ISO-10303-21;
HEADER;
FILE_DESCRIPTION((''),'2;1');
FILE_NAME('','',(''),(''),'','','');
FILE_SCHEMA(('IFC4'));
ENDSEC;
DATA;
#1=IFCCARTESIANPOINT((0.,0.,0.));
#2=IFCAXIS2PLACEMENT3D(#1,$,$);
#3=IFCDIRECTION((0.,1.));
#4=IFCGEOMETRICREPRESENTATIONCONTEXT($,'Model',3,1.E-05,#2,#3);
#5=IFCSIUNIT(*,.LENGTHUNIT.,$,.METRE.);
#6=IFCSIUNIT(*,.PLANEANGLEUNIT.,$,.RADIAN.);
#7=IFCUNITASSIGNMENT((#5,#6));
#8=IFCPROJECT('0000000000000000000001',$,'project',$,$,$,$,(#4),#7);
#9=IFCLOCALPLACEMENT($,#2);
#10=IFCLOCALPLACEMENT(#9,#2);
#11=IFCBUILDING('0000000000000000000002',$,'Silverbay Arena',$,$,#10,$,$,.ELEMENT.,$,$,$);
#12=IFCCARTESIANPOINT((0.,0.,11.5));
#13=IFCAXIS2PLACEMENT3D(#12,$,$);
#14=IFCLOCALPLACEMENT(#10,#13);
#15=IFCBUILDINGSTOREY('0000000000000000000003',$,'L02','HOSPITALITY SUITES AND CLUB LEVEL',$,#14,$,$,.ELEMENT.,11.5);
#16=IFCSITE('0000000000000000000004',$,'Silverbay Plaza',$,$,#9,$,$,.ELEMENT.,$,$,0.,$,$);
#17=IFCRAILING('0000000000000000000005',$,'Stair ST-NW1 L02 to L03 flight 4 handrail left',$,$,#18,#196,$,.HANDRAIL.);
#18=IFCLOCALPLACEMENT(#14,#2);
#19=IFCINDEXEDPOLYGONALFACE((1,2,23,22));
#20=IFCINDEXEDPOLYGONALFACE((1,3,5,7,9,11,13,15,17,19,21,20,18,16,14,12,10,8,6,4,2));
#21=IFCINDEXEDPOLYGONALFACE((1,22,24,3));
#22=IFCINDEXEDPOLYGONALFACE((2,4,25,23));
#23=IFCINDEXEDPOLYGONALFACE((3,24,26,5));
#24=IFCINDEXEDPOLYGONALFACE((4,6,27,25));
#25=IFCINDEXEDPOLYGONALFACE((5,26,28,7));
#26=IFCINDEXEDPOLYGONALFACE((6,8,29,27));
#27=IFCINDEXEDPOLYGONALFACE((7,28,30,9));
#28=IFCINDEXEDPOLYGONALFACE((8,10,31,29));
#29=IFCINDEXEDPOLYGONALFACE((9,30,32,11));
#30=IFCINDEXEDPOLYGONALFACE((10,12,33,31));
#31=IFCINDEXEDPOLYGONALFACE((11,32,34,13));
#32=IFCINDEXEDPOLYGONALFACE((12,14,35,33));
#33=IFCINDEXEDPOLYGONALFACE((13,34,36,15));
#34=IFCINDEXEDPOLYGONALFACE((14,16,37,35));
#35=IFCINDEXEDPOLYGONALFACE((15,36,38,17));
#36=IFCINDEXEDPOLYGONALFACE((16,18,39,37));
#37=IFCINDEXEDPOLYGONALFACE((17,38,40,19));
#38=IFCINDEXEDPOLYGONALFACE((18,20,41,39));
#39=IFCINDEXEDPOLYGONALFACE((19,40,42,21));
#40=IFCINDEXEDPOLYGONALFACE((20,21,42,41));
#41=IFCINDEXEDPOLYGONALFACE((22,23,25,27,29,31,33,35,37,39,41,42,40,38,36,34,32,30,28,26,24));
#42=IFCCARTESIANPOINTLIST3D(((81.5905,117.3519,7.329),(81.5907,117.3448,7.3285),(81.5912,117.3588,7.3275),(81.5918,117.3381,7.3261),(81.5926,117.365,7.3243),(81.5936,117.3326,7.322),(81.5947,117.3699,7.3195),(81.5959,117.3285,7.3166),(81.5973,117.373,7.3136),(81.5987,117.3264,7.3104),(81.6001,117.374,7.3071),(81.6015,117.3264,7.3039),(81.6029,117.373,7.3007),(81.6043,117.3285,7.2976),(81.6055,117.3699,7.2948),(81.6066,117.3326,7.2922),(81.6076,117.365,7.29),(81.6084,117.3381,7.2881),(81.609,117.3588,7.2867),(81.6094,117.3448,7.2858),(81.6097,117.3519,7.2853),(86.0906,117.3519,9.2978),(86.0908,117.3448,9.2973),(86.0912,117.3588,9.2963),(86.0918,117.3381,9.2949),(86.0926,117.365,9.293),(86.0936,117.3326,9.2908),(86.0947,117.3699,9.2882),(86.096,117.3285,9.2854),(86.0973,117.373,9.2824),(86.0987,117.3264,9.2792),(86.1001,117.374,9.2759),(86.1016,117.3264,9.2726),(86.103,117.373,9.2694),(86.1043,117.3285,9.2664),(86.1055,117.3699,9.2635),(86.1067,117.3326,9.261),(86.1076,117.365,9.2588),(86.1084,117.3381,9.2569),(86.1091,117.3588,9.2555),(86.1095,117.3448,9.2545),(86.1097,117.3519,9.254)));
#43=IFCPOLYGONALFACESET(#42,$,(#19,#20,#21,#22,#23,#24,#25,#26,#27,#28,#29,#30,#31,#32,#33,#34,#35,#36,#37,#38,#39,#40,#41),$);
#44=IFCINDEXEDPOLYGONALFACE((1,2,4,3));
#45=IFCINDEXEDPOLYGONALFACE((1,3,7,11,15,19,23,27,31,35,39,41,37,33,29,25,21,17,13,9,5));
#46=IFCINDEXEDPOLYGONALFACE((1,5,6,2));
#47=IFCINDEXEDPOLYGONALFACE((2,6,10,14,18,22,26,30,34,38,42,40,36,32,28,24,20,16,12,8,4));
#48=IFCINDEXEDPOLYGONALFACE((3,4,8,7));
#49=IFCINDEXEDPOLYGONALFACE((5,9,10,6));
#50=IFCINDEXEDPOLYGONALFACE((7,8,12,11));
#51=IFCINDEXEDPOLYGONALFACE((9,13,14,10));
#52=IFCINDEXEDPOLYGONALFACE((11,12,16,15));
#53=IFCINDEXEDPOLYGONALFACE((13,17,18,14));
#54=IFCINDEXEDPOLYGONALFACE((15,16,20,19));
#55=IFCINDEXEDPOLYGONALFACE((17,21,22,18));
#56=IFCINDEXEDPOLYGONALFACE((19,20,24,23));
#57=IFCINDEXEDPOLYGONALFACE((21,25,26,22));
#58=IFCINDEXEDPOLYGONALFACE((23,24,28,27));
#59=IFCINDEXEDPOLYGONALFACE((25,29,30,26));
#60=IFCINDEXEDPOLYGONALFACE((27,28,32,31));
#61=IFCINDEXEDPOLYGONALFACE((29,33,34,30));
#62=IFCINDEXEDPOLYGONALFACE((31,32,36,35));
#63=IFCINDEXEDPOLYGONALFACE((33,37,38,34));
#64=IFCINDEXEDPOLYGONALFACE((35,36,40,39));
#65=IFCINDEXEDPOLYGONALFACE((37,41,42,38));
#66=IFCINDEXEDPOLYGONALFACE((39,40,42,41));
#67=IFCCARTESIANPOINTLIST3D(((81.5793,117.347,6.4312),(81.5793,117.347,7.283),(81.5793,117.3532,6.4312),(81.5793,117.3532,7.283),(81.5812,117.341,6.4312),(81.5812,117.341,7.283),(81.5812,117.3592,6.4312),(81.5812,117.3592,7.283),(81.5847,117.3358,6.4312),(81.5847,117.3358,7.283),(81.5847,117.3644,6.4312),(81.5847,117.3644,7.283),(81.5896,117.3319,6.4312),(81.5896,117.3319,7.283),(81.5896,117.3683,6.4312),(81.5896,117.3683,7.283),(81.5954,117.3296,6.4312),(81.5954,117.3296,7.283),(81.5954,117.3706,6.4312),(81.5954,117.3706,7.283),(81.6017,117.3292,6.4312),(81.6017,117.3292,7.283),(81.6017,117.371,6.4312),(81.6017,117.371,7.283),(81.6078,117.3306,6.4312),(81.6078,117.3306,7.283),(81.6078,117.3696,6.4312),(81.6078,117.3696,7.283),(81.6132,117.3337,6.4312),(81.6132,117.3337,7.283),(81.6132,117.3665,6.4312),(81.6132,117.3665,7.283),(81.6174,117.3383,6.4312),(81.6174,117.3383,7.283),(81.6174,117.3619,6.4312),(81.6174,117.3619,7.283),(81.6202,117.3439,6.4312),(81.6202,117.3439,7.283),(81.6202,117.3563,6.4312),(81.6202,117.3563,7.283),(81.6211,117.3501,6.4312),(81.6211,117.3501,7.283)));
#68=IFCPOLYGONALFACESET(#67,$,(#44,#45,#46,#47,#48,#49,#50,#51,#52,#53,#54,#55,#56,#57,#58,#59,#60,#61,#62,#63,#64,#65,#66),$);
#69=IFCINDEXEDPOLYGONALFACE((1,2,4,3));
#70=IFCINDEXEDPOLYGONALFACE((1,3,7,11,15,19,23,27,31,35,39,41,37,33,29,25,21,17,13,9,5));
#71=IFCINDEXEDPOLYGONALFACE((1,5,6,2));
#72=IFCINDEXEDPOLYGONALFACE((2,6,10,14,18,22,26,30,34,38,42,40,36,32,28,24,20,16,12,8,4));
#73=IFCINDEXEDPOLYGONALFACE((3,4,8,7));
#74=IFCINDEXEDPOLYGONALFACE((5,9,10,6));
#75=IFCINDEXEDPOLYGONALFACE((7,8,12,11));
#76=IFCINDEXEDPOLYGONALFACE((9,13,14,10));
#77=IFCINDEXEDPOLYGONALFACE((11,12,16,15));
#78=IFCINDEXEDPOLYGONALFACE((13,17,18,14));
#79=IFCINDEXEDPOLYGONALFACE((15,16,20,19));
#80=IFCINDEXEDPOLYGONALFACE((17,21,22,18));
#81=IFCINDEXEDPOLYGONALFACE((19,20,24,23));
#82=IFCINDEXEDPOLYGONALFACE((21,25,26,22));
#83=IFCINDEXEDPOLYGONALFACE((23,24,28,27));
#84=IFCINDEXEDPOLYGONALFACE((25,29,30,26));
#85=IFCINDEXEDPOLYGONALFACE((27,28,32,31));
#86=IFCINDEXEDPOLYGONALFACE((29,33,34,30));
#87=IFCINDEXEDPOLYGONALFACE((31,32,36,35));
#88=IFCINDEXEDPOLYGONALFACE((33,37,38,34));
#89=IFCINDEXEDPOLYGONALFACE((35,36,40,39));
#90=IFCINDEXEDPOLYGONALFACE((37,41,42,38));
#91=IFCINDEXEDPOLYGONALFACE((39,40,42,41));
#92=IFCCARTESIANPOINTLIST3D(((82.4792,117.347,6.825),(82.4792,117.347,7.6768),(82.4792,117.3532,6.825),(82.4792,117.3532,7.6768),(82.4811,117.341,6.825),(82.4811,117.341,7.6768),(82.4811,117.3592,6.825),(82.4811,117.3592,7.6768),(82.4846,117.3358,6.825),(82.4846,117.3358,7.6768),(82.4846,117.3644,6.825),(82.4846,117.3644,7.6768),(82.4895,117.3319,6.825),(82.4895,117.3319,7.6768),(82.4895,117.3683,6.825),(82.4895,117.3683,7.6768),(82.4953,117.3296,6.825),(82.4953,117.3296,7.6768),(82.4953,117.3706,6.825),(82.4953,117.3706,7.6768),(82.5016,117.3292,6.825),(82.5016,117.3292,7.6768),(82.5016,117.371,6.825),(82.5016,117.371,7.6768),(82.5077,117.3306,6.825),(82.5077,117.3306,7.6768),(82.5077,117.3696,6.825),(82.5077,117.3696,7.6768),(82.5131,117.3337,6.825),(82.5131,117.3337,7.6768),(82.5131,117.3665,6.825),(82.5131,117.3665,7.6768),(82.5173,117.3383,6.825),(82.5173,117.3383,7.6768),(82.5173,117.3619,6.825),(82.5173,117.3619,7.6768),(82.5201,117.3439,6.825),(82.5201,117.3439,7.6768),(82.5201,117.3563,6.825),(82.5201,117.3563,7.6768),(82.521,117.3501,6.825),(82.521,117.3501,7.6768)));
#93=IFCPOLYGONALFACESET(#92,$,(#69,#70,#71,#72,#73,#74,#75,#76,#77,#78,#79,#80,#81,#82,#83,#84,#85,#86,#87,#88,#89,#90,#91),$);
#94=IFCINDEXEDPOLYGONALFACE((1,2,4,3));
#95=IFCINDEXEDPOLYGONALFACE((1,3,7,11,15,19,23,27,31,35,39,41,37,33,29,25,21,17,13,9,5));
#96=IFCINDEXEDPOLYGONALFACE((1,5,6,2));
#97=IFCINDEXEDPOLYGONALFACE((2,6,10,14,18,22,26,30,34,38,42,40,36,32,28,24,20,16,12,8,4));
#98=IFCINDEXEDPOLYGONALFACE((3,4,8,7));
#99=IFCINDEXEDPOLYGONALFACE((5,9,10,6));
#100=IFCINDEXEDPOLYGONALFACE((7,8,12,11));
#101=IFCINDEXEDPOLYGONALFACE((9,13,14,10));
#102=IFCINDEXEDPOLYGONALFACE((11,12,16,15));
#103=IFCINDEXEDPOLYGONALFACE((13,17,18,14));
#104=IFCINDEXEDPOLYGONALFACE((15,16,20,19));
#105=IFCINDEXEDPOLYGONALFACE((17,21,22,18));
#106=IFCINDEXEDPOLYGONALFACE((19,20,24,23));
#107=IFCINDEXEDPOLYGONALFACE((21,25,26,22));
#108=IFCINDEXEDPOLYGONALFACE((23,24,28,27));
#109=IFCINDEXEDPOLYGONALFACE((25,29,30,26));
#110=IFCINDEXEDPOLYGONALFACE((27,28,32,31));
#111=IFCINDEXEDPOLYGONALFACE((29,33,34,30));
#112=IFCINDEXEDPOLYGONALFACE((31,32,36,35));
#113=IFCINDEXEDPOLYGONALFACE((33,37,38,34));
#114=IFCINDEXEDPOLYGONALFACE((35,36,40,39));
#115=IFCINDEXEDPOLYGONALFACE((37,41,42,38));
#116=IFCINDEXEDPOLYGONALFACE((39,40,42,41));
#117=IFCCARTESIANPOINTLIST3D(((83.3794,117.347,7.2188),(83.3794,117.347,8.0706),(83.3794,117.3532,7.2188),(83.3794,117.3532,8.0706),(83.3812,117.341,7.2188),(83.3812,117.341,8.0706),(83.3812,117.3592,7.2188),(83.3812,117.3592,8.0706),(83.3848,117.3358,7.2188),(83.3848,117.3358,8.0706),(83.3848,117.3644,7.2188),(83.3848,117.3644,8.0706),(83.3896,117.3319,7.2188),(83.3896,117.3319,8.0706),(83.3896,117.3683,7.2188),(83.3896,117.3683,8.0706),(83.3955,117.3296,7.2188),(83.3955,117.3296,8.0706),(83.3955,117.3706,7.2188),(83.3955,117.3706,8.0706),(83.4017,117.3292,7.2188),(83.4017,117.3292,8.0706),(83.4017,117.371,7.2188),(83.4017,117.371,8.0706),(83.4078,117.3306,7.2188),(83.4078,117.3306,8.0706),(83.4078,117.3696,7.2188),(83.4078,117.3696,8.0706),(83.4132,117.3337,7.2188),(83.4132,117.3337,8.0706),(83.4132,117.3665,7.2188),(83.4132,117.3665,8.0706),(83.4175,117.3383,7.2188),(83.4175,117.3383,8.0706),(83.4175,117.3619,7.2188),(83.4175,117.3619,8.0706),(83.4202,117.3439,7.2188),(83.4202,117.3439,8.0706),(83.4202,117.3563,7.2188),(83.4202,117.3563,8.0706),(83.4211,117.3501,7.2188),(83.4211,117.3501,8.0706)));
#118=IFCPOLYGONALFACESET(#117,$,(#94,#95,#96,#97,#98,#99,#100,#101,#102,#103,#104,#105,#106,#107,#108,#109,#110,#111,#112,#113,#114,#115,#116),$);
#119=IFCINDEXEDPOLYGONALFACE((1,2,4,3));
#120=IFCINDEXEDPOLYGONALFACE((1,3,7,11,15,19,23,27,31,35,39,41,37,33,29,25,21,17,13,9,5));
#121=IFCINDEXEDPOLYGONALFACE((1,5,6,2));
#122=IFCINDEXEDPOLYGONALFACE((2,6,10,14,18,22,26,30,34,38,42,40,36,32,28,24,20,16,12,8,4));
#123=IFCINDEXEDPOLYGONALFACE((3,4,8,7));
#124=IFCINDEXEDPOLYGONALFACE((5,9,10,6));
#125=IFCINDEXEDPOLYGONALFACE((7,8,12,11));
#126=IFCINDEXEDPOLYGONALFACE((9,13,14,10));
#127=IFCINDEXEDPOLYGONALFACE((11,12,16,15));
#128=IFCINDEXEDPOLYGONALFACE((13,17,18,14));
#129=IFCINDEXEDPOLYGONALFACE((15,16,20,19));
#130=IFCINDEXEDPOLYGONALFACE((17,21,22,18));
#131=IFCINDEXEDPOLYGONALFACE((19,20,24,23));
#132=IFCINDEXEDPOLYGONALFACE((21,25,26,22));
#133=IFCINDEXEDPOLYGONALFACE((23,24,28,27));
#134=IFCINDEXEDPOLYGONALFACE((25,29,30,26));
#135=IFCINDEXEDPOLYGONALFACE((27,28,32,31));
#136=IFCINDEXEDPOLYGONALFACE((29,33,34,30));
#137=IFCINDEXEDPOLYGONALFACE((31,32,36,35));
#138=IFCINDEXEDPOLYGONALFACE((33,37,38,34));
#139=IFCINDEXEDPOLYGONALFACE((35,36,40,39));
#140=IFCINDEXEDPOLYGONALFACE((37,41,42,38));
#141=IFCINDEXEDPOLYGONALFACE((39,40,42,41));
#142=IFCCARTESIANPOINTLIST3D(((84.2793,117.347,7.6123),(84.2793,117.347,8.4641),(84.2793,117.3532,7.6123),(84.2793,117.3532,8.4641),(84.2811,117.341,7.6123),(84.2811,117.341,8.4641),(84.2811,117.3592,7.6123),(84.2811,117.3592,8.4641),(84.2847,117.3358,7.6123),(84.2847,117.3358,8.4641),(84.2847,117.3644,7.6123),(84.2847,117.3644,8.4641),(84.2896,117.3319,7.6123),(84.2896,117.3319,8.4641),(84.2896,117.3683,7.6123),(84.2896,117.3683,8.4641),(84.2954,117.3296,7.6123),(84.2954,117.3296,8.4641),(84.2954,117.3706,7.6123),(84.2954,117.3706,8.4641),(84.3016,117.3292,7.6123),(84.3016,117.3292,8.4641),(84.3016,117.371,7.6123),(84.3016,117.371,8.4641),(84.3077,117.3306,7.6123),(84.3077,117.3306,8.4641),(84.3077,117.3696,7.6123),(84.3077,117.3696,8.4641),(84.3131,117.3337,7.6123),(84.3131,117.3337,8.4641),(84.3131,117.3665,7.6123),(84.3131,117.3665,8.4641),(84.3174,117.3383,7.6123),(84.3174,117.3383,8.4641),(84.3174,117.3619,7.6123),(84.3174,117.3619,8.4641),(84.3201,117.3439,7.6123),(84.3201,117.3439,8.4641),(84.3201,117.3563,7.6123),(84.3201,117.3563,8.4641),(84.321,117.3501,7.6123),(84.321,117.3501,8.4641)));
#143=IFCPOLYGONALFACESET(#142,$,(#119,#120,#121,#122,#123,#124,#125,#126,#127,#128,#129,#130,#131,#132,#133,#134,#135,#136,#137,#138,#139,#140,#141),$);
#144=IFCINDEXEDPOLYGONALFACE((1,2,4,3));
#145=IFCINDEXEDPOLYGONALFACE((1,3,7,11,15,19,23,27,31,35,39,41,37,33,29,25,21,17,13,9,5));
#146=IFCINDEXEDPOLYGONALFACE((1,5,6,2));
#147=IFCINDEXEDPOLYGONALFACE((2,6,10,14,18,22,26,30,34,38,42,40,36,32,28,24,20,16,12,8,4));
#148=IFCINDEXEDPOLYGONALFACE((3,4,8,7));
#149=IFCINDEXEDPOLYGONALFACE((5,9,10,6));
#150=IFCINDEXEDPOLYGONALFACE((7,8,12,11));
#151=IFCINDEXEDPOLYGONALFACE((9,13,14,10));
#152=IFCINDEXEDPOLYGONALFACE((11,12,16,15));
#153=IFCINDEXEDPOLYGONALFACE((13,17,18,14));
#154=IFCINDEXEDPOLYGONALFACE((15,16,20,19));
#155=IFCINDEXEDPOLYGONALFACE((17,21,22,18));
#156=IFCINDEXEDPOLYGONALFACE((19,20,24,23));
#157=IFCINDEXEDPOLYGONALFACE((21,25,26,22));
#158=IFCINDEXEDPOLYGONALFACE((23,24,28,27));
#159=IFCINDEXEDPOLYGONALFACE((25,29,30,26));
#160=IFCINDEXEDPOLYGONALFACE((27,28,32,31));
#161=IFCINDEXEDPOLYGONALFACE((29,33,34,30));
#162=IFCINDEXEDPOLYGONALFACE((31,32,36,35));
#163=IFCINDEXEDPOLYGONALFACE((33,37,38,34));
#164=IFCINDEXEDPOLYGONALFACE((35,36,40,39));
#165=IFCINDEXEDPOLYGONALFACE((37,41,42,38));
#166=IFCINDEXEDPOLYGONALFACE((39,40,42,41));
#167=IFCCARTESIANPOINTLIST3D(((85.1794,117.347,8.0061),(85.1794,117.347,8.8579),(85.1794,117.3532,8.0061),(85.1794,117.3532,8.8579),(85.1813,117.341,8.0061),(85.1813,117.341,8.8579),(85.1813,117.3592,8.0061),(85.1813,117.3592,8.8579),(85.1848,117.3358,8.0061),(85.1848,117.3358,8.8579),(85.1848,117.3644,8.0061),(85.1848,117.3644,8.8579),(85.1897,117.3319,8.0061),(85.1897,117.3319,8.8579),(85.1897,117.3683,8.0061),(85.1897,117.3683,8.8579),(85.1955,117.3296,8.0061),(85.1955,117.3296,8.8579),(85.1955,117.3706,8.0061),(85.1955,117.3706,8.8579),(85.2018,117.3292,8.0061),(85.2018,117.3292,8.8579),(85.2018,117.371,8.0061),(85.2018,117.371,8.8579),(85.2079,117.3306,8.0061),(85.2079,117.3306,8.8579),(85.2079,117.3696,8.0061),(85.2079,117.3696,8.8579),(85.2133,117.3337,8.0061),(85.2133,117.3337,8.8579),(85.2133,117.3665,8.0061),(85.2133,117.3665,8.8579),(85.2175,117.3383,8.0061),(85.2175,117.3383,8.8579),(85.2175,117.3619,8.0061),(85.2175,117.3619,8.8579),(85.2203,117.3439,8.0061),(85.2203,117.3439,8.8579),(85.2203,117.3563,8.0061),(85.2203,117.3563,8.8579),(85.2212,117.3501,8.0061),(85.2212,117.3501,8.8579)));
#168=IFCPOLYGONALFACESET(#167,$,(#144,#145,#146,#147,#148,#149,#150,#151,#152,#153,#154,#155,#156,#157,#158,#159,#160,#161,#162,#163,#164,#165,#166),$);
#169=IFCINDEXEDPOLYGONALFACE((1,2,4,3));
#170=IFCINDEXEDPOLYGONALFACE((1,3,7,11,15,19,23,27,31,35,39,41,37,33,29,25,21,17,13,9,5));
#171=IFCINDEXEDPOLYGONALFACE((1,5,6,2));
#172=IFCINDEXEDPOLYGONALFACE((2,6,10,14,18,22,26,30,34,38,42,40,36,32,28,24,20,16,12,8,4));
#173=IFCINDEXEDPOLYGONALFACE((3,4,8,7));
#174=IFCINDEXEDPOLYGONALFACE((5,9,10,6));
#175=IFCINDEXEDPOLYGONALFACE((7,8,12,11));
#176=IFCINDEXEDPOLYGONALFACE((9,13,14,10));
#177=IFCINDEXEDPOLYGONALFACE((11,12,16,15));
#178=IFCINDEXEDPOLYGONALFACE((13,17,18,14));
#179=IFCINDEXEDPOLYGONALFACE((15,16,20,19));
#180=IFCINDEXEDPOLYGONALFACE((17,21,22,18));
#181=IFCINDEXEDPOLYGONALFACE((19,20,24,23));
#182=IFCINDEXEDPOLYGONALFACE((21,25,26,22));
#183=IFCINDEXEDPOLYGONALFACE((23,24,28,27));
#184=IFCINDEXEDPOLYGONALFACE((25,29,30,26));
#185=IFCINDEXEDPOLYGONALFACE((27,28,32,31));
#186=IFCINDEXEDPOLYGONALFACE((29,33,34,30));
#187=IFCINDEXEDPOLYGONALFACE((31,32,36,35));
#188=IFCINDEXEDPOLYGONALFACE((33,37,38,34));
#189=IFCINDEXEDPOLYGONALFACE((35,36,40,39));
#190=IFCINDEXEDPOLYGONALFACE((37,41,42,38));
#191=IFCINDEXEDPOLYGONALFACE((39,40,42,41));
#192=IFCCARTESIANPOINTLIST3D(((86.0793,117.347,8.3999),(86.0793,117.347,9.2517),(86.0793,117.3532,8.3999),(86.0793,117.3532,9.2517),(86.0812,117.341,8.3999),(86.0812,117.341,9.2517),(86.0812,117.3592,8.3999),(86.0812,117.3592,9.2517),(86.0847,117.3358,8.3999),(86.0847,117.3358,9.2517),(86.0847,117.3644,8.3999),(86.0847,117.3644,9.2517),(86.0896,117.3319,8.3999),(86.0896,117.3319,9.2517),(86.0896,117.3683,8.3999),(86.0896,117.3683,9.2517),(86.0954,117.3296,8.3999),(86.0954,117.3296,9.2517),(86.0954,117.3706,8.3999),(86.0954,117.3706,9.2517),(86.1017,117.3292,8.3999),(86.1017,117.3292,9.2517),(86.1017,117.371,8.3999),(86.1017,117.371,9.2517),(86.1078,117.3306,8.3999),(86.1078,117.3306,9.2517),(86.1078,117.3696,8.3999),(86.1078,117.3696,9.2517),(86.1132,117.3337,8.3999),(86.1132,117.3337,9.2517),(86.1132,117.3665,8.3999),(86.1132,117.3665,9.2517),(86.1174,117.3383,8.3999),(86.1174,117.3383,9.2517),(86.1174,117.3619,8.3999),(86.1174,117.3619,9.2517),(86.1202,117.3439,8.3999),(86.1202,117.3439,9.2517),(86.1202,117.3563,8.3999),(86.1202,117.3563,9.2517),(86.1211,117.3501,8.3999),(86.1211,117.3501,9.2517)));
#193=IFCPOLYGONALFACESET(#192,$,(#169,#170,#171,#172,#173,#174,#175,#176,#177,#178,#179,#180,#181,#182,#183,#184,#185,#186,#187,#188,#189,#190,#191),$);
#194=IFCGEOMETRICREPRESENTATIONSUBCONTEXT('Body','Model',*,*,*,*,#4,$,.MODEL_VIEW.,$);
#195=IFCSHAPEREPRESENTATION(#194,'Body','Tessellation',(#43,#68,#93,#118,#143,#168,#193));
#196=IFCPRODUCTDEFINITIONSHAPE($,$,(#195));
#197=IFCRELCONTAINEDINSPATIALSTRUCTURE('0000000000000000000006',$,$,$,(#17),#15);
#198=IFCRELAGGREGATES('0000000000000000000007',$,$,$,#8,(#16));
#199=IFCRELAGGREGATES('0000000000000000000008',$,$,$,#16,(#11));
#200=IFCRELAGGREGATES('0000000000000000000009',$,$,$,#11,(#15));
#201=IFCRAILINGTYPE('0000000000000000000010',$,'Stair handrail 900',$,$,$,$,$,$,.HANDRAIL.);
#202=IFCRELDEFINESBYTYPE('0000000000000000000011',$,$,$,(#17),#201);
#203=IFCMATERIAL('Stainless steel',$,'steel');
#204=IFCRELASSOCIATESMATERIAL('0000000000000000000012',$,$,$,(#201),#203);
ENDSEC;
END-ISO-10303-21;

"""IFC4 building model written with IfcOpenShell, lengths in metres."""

from ifc_helpers import new_model, si_unit, direction, frame, origin, origin_2d, place, context, subcontext, project, spatial, circle, extrude, material, type_object, element, save


model = new_model("IFC4")

# Units and contexts
model_context = context("Model", 3, precision=1e-05, world=origin(), true_north=direction((0.0, 1.0)))
body_context = subcontext(model_context, "Body", "Model", "MODEL_VIEW")
ifc_project = project(units=[si_unit("LENGTHUNIT", "METRE"), si_unit("PLANEANGLEUNIT", "RADIAN")], contexts=[model_context])

# Site, building, storey
site_placement = place(None, origin())
site = spatial("IfcSite", under=ifc_project, at=site_placement, Name="Silverbay Plaza", CompositionType="ELEMENT", RefElevation=0.0)
building_placement = place(site_placement, origin())
building = spatial("IfcBuilding", under=site, at=building_placement, Name="Silverbay Arena", CompositionType="ELEMENT")
storey_placement = place(building_placement, frame((0.0, 0.0, 11.5)))
storey = spatial("IfcBuildingStorey", under=building, at=storey_placement, Name="L02", Description="HOSPITALITY SUITES AND CLUB LEVEL", CompositionType="ELEMENT", Elevation=11.5)

# Railing
ifc_material_1 = material(Name="Stainless steel", Category="steel")
railing_type_1 = type_object("IfcRailingType", Name="Stair handrail 900", PredefinedType="HANDRAIL", material=ifc_material_1)
for number, where, name in (
    (1, (81.6001, 117.3501, 6.4312), "Stair ST-NW1 L02 to L03 flight 4 handrail left"),
):
    element("IfcRailing", number, at=place(storey_placement, frame(where)), inside=storey, type_object=railing_type_1, Name=name, PredefinedType="HANDRAIL", context=body_context, shape_type="SweptSolid", body=[
        extrude(circle(Radius=0.0239, at=origin_2d()), frame((0.0, 0.0, 0.876), z_axis=(0.916157, 0.0, 0.400819), x_axis=(0.0, 1.0, 0.0)), (0.0, 0.0, 1.0), 4.9119),
        extrude(circle(Radius=0.021, at=origin_2d()), origin(), (0.0, 0.0, 1.0), 0.8518),
        extrude(circle(Radius=0.021, at=origin_2d()), frame((0.8999, 0.0, 0.3938)), (0.0, 0.0, 1.0), 0.8518),
        extrude(circle(Radius=0.021, at=origin_2d()), frame((1.8, 0.0, 0.7876)), (0.0, 0.0, 1.0), 0.8518),
        extrude(circle(Radius=0.021, at=origin_2d()), frame((2.7, 0.0, 1.1812)), (0.0, 0.0, 1.0), 0.8518),
        extrude(circle(Radius=0.021, at=origin_2d()), frame((3.6001, 0.0, 1.575)), (0.0, 0.0, 1.0), 0.8518),
        extrude(circle(Radius=0.021, at=origin_2d()), frame((4.5, 0.0, 1.9688)), (0.0, 0.0, 1.0), 0.8518),
    ])

save(model, "model.ifc")
